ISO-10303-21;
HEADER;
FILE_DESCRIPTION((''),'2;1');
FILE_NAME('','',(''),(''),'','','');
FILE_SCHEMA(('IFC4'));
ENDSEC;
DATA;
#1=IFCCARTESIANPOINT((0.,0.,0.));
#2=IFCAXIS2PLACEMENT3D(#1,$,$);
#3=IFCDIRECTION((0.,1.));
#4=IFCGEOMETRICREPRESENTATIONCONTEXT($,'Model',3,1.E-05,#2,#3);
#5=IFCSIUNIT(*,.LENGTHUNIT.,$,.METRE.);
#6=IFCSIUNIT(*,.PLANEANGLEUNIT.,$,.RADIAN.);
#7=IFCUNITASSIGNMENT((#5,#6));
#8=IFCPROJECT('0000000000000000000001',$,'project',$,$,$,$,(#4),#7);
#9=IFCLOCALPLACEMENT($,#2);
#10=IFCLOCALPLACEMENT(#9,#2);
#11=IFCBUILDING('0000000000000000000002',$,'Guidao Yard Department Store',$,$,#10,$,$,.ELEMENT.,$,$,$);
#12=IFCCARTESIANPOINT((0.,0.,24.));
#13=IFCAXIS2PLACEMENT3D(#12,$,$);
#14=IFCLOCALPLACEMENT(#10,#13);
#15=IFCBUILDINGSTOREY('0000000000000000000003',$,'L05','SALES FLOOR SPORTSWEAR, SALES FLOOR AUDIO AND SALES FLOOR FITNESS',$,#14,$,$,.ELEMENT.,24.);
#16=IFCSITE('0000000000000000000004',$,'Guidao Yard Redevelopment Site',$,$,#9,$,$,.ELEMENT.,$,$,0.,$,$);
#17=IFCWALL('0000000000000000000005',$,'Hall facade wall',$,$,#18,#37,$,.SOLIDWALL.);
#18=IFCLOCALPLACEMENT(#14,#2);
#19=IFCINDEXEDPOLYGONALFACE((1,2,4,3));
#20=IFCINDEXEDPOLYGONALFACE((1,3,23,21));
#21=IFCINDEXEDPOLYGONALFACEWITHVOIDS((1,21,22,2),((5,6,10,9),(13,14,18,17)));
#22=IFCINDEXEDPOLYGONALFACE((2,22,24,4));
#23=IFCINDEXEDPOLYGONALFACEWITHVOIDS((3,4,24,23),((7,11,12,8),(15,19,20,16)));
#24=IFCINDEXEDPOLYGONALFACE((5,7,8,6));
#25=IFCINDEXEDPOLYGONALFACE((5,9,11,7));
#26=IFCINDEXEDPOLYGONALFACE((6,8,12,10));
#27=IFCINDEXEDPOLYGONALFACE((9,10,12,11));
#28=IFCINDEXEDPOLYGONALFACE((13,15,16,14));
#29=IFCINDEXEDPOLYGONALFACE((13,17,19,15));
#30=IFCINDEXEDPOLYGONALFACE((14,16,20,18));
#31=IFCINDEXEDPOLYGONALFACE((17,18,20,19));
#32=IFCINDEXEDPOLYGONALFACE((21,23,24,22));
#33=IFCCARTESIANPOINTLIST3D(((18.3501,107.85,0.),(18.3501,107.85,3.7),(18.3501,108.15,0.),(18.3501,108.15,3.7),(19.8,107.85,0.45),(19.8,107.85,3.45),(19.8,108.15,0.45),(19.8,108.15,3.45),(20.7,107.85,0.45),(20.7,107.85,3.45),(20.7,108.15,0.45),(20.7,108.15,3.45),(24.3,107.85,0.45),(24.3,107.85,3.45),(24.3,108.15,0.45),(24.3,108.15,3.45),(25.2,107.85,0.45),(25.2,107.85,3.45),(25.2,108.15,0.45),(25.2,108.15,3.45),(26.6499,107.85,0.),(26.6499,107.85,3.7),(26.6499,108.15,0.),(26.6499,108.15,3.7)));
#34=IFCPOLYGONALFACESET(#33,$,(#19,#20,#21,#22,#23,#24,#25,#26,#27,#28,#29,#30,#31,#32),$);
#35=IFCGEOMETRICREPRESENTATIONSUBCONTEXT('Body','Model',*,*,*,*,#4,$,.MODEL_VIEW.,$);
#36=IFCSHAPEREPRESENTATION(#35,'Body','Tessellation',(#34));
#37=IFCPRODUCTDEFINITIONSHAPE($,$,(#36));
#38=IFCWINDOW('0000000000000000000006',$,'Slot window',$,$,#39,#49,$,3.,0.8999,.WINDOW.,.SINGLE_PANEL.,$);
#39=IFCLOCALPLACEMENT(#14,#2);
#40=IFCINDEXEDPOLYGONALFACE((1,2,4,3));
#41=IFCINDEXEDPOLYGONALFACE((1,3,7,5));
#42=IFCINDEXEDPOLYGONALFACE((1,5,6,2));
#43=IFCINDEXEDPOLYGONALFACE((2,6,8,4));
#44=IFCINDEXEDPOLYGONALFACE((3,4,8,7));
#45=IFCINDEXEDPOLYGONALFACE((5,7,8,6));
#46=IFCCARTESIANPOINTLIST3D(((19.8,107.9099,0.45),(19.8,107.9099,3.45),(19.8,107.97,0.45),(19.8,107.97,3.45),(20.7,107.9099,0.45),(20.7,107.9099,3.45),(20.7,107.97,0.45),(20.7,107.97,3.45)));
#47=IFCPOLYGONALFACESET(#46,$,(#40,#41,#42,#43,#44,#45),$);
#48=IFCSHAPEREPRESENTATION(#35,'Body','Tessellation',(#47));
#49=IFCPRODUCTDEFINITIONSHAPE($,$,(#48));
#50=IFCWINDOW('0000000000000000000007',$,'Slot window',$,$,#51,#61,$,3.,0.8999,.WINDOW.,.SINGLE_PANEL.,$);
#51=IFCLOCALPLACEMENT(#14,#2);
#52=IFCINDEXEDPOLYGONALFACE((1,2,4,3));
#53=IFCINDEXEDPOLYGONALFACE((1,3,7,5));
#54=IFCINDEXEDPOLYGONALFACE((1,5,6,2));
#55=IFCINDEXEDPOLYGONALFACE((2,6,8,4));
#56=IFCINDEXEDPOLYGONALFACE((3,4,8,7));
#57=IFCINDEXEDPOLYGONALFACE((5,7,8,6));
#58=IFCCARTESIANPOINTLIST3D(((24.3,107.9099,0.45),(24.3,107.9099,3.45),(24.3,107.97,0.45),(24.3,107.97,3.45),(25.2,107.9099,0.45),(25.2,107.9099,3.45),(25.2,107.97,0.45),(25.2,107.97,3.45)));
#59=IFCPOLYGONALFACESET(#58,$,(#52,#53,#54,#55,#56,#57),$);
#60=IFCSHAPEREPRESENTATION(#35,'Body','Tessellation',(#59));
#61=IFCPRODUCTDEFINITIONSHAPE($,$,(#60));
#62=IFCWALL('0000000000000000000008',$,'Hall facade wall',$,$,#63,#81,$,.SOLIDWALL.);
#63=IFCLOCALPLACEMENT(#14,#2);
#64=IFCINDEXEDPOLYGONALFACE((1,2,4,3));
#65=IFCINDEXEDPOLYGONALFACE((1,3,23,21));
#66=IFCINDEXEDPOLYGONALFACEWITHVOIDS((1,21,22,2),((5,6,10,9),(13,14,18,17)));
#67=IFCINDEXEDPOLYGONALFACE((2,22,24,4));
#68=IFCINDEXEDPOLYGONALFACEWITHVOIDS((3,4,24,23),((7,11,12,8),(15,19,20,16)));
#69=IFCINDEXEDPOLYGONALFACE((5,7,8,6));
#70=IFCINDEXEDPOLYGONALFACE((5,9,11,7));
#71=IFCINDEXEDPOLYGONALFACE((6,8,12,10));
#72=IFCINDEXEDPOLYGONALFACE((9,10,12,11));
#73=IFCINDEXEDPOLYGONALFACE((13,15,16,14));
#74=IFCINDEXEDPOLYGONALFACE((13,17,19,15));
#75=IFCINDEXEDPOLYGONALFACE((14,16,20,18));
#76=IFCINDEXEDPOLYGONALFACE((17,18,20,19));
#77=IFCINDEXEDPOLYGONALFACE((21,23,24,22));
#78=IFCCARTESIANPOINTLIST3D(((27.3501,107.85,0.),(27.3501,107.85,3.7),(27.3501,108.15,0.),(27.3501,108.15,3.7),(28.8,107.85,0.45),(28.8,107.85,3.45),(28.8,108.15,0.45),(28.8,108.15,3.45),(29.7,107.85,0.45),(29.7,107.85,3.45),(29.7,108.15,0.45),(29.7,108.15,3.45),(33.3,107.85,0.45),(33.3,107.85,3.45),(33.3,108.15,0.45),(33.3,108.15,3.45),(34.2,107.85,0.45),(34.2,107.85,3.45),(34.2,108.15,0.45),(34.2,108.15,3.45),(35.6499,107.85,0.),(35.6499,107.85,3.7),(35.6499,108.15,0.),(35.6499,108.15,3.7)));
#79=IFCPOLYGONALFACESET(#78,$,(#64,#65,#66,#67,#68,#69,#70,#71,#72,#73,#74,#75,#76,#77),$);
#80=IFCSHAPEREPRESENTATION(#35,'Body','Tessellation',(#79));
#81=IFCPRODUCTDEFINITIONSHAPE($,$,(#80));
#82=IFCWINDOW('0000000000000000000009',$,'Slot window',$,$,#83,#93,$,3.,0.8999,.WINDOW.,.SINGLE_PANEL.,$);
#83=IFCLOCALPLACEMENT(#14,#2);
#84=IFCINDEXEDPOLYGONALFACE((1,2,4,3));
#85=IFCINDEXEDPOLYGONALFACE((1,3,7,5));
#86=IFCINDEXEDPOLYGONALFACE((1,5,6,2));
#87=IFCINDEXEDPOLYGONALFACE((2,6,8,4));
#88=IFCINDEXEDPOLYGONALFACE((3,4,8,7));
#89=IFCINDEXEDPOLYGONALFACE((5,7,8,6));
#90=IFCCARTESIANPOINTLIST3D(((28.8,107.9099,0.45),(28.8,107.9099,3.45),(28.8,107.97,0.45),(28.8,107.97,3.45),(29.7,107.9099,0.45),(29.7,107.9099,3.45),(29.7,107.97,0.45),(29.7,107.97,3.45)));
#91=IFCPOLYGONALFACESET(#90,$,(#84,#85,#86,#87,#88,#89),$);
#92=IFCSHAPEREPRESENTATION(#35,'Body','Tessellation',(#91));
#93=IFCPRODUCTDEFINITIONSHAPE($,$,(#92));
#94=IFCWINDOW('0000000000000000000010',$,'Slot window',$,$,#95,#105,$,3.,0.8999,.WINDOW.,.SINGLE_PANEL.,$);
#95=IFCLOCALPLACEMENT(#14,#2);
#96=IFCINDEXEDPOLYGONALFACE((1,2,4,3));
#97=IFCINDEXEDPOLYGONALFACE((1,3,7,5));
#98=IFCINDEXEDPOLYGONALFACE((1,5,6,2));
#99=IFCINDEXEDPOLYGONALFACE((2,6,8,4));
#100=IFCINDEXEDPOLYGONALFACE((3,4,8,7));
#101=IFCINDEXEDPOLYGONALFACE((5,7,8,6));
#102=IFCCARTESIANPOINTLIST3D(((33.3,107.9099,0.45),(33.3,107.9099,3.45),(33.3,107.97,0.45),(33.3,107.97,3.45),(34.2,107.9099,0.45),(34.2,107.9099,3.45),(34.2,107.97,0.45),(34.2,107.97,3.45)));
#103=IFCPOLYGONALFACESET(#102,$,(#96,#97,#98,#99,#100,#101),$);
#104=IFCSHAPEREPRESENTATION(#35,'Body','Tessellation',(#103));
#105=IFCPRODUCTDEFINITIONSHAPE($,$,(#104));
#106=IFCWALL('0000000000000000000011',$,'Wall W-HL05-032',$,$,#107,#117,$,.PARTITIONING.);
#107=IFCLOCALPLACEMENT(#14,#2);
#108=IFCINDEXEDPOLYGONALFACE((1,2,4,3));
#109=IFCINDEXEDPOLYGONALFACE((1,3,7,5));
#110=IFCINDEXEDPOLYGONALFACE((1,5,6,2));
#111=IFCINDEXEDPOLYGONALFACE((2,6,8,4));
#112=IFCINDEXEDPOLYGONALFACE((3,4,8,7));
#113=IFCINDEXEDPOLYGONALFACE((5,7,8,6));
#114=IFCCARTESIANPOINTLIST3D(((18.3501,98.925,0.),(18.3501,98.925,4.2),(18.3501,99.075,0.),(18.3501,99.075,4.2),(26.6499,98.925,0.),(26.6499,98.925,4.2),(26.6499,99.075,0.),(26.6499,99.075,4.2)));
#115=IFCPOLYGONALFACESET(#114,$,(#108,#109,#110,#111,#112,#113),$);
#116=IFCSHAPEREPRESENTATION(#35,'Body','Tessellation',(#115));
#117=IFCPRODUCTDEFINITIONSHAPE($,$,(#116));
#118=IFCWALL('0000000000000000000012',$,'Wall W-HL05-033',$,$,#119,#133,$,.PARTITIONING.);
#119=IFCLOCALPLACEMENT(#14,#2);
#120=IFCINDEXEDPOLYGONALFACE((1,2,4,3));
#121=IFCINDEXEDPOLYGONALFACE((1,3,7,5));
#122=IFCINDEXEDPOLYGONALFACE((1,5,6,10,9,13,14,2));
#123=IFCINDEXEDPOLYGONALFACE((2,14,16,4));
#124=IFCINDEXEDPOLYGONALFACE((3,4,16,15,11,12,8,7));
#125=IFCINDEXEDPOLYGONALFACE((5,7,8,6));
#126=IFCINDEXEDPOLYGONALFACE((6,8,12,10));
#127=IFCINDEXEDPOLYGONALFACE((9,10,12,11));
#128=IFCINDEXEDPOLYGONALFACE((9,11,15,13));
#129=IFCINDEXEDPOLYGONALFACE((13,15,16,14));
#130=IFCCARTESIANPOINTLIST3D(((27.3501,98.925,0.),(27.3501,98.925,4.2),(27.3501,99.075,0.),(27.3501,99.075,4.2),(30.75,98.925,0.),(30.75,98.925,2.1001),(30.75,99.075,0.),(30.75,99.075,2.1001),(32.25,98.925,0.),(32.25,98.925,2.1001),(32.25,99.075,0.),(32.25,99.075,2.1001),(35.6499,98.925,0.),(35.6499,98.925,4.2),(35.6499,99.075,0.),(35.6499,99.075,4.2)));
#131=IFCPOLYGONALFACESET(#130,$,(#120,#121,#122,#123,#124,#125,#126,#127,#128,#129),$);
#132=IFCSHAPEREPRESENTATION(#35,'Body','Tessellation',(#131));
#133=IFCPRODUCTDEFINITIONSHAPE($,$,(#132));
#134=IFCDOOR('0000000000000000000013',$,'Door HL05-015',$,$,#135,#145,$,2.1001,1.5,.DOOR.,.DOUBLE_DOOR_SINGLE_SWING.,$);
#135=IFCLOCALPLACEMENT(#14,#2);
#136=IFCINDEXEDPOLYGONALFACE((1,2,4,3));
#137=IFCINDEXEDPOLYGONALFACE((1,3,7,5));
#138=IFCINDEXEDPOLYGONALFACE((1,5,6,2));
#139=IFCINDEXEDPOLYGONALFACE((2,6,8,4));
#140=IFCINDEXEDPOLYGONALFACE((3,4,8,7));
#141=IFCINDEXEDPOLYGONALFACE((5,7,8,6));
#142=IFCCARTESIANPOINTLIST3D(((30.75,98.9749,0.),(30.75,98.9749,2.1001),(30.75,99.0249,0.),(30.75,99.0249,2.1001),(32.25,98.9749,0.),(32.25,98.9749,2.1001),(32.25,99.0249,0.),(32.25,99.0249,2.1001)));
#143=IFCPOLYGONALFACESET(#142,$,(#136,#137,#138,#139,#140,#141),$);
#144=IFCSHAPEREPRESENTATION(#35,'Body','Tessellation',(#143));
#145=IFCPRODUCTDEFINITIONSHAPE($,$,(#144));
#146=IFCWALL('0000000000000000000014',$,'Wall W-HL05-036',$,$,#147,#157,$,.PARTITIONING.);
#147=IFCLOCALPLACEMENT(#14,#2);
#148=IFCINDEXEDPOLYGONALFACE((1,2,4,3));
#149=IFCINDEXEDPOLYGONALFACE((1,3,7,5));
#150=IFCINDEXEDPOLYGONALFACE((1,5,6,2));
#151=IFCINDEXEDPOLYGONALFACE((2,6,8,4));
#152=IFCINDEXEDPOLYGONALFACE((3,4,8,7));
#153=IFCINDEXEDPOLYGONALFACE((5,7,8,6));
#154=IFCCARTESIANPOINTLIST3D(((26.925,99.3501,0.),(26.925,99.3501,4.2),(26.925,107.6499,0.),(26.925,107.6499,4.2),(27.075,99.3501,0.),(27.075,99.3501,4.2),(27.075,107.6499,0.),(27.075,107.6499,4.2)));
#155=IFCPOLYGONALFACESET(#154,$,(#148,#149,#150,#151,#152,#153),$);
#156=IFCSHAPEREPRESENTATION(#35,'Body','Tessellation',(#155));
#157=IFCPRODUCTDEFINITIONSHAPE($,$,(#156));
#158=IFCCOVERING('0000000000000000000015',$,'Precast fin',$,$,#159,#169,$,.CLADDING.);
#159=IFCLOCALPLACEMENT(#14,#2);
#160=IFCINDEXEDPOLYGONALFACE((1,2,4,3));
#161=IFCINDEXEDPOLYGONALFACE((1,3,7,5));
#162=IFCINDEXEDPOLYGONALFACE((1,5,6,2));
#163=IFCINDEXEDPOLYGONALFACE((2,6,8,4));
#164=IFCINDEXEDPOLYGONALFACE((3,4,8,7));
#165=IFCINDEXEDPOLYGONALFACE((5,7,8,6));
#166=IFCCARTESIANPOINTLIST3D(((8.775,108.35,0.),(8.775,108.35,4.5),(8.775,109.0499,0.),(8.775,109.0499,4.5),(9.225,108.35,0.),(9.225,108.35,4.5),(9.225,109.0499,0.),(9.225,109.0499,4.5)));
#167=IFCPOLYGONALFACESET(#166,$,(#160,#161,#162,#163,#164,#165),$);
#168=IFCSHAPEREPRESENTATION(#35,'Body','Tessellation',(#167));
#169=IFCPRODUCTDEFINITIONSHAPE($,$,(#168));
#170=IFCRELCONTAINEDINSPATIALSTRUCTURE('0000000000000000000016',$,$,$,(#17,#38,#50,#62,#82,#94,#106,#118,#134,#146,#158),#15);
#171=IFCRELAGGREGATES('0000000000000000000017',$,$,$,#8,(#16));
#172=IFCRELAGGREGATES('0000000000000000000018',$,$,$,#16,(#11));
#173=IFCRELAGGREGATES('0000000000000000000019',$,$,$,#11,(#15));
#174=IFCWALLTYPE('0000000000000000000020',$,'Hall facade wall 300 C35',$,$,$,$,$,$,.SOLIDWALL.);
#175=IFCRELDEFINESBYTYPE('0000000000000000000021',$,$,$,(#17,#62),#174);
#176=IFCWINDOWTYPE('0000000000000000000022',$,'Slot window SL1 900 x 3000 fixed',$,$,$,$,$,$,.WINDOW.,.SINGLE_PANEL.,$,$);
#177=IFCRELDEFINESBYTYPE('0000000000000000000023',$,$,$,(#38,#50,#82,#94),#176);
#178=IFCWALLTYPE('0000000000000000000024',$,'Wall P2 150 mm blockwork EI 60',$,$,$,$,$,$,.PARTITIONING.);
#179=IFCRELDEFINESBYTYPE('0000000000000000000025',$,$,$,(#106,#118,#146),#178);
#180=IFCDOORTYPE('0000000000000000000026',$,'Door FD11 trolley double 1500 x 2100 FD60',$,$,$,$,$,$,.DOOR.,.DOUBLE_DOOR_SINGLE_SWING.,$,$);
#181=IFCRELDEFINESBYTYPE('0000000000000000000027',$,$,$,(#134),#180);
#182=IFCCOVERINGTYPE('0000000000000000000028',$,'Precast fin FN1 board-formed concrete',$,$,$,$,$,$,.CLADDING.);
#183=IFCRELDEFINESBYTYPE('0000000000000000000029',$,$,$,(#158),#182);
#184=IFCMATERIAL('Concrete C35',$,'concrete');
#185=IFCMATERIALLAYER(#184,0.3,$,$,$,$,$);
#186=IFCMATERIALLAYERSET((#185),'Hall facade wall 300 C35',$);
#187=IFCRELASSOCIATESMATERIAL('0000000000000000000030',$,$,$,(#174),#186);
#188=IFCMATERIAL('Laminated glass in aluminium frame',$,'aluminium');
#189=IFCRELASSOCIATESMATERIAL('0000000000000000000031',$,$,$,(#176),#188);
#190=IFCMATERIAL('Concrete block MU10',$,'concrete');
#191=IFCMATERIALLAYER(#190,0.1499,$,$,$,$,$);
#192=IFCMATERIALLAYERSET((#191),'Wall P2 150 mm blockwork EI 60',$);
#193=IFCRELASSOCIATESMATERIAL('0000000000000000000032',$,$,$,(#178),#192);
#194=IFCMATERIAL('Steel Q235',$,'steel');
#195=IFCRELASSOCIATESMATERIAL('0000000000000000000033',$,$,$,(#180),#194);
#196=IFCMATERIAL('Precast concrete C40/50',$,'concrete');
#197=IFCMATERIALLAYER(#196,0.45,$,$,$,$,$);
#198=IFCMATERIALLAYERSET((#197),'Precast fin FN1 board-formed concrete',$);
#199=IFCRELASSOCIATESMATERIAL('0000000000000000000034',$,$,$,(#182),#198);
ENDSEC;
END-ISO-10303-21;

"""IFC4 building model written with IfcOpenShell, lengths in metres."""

from ifc_helpers import new_model, si_unit, direction, frame, frame_2d, origin, origin_2d, place, context, subcontext, project, spatial, rectangle, extrude, material, layer, layer_set, type_object, element, fill, save


model = new_model("IFC4")

# Units and contexts
model_context = context("Model", 3, precision=1e-05, world=origin(), true_north=direction((0.0, 1.0)))
body_context = subcontext(model_context, "Body", "Model", "MODEL_VIEW")
ifc_project = project(units=[si_unit("LENGTHUNIT", "METRE"), si_unit("PLANEANGLEUNIT", "RADIAN")], contexts=[model_context])

# Site, building, storey
site_placement = place(None, origin())
site = spatial("IfcSite", under=ifc_project, at=site_placement, Name="Guidao Yard Redevelopment Site", CompositionType="ELEMENT", RefElevation=0.0)
building_placement = place(site_placement, origin())
building = spatial("IfcBuilding", under=site, at=building_placement, Name="Guidao Yard Department Store", CompositionType="ELEMENT")
storey_placement = place(building_placement, frame((0.0, 0.0, 24.0)))
storey = spatial("IfcBuildingStorey", under=building, at=storey_placement, Name="L05", Description="SALES FLOOR SPORTSWEAR, SALES FLOOR AUDIO AND SALES FLOOR FITNESS", CompositionType="ELEMENT", Elevation=24.0)

# Walls, openings, windows
ifc_material_1 = material(Name="Concrete C35", Category="concrete")
ifc_layer_1 = layer(ifc_material_1, 0.3)
ifc_layer_set_1 = layer_set([ifc_layer_1], Name="Hall facade wall 300 C35")
wall_type_1 = type_object("IfcWallType", Name="Hall facade wall 300 C35", PredefinedType="SOLIDWALL", material=ifc_layer_set_1)
ifc_material_2 = material(Name="Laminated glass in aluminium frame", Category="aluminium")
window_type = type_object("IfcWindowType", Name="Slot window SL1 900 x 3000 fixed", PartitioningType="SINGLE_PANEL", PredefinedType="WINDOW", material=ifc_material_2)
wall_1_placement = place(storey_placement, frame((18.3501, 108.0, 0.0), z_axis=(0.0, 0.0, 1.0), x_axis=(1.0, 0.0, 0.0)))
wall_1 = element("IfcWall", 1, at=wall_1_placement, inside=storey, type_object=wall_type_1, Name="Hall facade wall", PredefinedType="SOLIDWALL", context=body_context, shape_type="SweptSolid", body=[
    extrude(rectangle(XDim=8.2998, YDim=0.3, at=frame_2d((4.1499, 0.0))), origin(), (0.0, 0.0, 1.0), 3.7),
])
opening_1_placement = place(wall_1_placement, frame((1.45, 0.0, 0.45)))
opening_1 = element("IfcOpeningElement", 2, at=opening_1_placement, cuts=wall_1, PredefinedType="OPENING", context=body_context, shape_type="SweptSolid", body=[
    extrude(rectangle(XDim=0.8999, YDim=3.0, at=frame_2d((0.45, 1.5))), frame((0.0, 0.1599, 0.0), z_axis=(0.0, -1.0, 0.0), x_axis=(1.0, 0.0, 0.0)), (0.0, 0.0, 1.0), 0.3201),
])
opening_2_placement = place(wall_1_placement, frame((5.95, 0.0, 0.45)))
opening_2 = element("IfcOpeningElement", 3, at=opening_2_placement, cuts=wall_1, PredefinedType="OPENING", context=body_context, shape_type="SweptSolid", body=[
    extrude(rectangle(XDim=0.8999, YDim=3.0, at=frame_2d((0.45, 1.5))), frame((0.0, 0.1599, 0.0), z_axis=(0.0, -1.0, 0.0), x_axis=(1.0, 0.0, 0.0)), (0.0, 0.0, 1.0), 0.3201),
])
window_1_placement = place(opening_1_placement, origin())
window_1 = element("IfcWindow", 4, at=window_1_placement, inside=storey, type_object=window_type, Name="Slot window", OverallHeight=3.0, OverallWidth=0.8999, PartitioningType="SINGLE_PANEL", PredefinedType="WINDOW", context=body_context, shape_type="SweptSolid", body=[
    extrude(rectangle(XDim=0.8999, YDim=3.0, at=frame_2d((0.45, 1.5))), frame((0.0, -0.03, 0.0), z_axis=(0.0, -1.0, 0.0), x_axis=(1.0, 0.0, 0.0)), (0.0, 0.0, 1.0), 0.0601),
])
fill(opening_1, window_1)
window_2_placement = place(opening_2_placement, origin())
window_2 = element("IfcWindow", 5, at=window_2_placement, inside=storey, type_object=window_type, Name="Slot window", OverallHeight=3.0, OverallWidth=0.8999, PartitioningType="SINGLE_PANEL", PredefinedType="WINDOW", context=body_context, shape_type="SweptSolid", body=[
    extrude(rectangle(XDim=0.8999, YDim=3.0, at=frame_2d((0.45, 1.5))), frame((0.0, -0.03, 0.0), z_axis=(0.0, -1.0, 0.0), x_axis=(1.0, 0.0, 0.0)), (0.0, 0.0, 1.0), 0.0601),
])
fill(opening_2, window_2)
wall_2_placement = place(storey_placement, frame((27.3501, 108.0, 0.0), z_axis=(0.0, 0.0, 1.0), x_axis=(1.0, 0.0, 0.0)))
wall_2 = element("IfcWall", 6, at=wall_2_placement, inside=storey, type_object=wall_type_1, Name="Hall facade wall", PredefinedType="SOLIDWALL", context=body_context, shape_type="SweptSolid", body=[
    extrude(rectangle(XDim=8.2998, YDim=0.3, at=frame_2d((4.1499, 0.0))), origin(), (0.0, 0.0, 1.0), 3.7),
])
opening_3_placement = place(wall_2_placement, frame((1.45, 0.0, 0.45)))
opening_3 = element("IfcOpeningElement", 7, at=opening_3_placement, cuts=wall_2, PredefinedType="OPENING", context=body_context, shape_type="SweptSolid", body=[
    extrude(rectangle(XDim=0.8999, YDim=3.0, at=frame_2d((0.45, 1.5))), frame((0.0, 0.1599, 0.0), z_axis=(0.0, -1.0, 0.0), x_axis=(1.0, 0.0, 0.0)), (0.0, 0.0, 1.0), 0.3201),
])
opening_4_placement = place(wall_2_placement, frame((5.95, 0.0, 0.45)))
opening_4 = element("IfcOpeningElement", 8, at=opening_4_placement, cuts=wall_2, PredefinedType="OPENING", context=body_context, shape_type="SweptSolid", body=[
    extrude(rectangle(XDim=0.8999, YDim=3.0, at=frame_2d((0.45, 1.5))), frame((0.0, 0.1599, 0.0), z_axis=(0.0, -1.0, 0.0), x_axis=(1.0, 0.0, 0.0)), (0.0, 0.0, 1.0), 0.3201),
])
window_3_placement = place(opening_3_placement, origin())
window_3 = element("IfcWindow", 9, at=window_3_placement, inside=storey, type_object=window_type, Name="Slot window", OverallHeight=3.0, OverallWidth=0.8999, PartitioningType="SINGLE_PANEL", PredefinedType="WINDOW", context=body_context, shape_type="SweptSolid", body=[
    extrude(rectangle(XDim=0.8999, YDim=3.0, at=frame_2d((0.45, 1.5))), frame((0.0, -0.03, 0.0), z_axis=(0.0, -1.0, 0.0), x_axis=(1.0, 0.0, 0.0)), (0.0, 0.0, 1.0), 0.0601),
])
fill(opening_3, window_3)
window_4_placement = place(opening_4_placement, origin())
window_4 = element("IfcWindow", 10, at=window_4_placement, inside=storey, type_object=window_type, Name="Slot window", OverallHeight=3.0, OverallWidth=0.8999, PartitioningType="SINGLE_PANEL", PredefinedType="WINDOW", context=body_context, shape_type="SweptSolid", body=[
    extrude(rectangle(XDim=0.8999, YDim=3.0, at=frame_2d((0.45, 1.5))), frame((0.0, -0.03, 0.0), z_axis=(0.0, -1.0, 0.0), x_axis=(1.0, 0.0, 0.0)), (0.0, 0.0, 1.0), 0.0601),
])
fill(opening_4, window_4)

# Wall
ifc_material_3 = material(Name="Concrete block MU10", Category="concrete")
ifc_layer_2 = layer(ifc_material_3, 0.1499)
ifc_layer_set_2 = layer_set([ifc_layer_2], Name="Wall P2 150 mm blockwork EI 60")
wall_type_2 = type_object("IfcWallType", Name="Wall P2 150 mm blockwork EI 60", PredefinedType="PARTITIONING", material=ifc_layer_set_2)
wall_3_placement = place(storey_placement, frame((18.3501, 99.0, 0.0), z_axis=(0.0, 0.0, 1.0), x_axis=(1.0, 0.0, 0.0)))
element("IfcWall", 11, at=wall_3_placement, inside=storey, type_object=wall_type_2, Name="Wall W-HL05-032", PredefinedType="PARTITIONING", context=body_context, shape_type="SweptSolid", body=[
    extrude(rectangle(XDim=8.2998, YDim=0.1499, at=frame_2d((4.1499, 0.0))), origin(), (0.0, 0.0, 1.0), 4.2),
])

# Wall, opening, door
wall_4_placement = place(storey_placement, frame((27.3501, 99.0, 0.0), z_axis=(0.0, 0.0, 1.0), x_axis=(1.0, 0.0, 0.0)))
wall_4 = element("IfcWall", 12, at=wall_4_placement, inside=storey, type_object=wall_type_2, Name="Wall W-HL05-033", PredefinedType="PARTITIONING", context=body_context, shape_type="SweptSolid", body=[
    extrude(rectangle(XDim=8.2998, YDim=0.1499, at=frame_2d((4.1499, 0.0))), origin(), (0.0, 0.0, 1.0), 4.2),
])
opening_5_placement = place(wall_4_placement, frame((3.3999, 0.0, 0.0)))
opening_5 = element("IfcOpeningElement", 13, at=opening_5_placement, cuts=wall_4, PredefinedType="OPENING", context=body_context, shape_type="SweptSolid", body=[
    extrude(rectangle(XDim=1.5, YDim=2.1001, at=frame_2d((0.75, 1.05))), frame((0.0, 0.085, 0.0), z_axis=(0.0, -1.0, 0.0), x_axis=(1.0, 0.0, 0.0)), (0.0, 0.0, 1.0), 0.1699),
])
ifc_material_4 = material(Name="Steel Q235", Category="steel")
door_type = type_object("IfcDoorType", Name="Door FD11 trolley double 1500 x 2100 FD60", OperationType="DOUBLE_DOOR_SINGLE_SWING", PredefinedType="DOOR", material=ifc_material_4)
door_placement = place(opening_5_placement, origin())
door = element("IfcDoor", 14, at=door_placement, inside=storey, type_object=door_type, Name="Door HL05-015", OperationType="DOUBLE_DOOR_SINGLE_SWING", OverallHeight=2.1001, OverallWidth=1.5, PredefinedType="DOOR", context=body_context, shape_type="SweptSolid", body=[
    extrude(rectangle(XDim=1.5, YDim=2.1001, at=frame_2d((0.75, 1.05))), frame((0.0, 0.0249, 0.0), z_axis=(0.0, -1.0, 0.0), x_axis=(1.0, 0.0, 0.0)), (0.0, 0.0, 1.0), 0.05),
])
fill(opening_5, door)

# Wall
wall_5_placement = place(storey_placement, frame((27.0, 99.3501, 0.0), z_axis=(0.0, 0.0, 1.0), x_axis=(0.0, 1.0, 0.0)))
element("IfcWall", 15, at=wall_5_placement, inside=storey, type_object=wall_type_2, Name="Wall W-HL05-036", PredefinedType="PARTITIONING", context=body_context, shape_type="SweptSolid", body=[
    extrude(rectangle(XDim=8.2998, YDim=0.1499, at=frame_2d((4.1499, 0.0))), origin(), (0.0, 0.0, 1.0), 4.2),
])

# Covering
ifc_material_5 = material(Name="Precast concrete C40/50", Category="concrete")
ifc_layer_3 = layer(ifc_material_5, 0.45)
ifc_layer_set_3 = layer_set([ifc_layer_3], Name="Precast fin FN1 board-formed concrete")
covering_type = type_object("IfcCoveringType", Name="Precast fin FN1 board-formed concrete", PredefinedType="CLADDING", material=ifc_layer_set_3)
covering_1_placement = place(storey_placement, frame((9.0, 108.7, 0.0), z_axis=(0.0, 0.0, 1.0), x_axis=(1.0, 0.0, 0.0)))
element("IfcCovering", 16, at=covering_1_placement, inside=storey, type_object=covering_type, Name="Precast fin", PredefinedType="CLADDING", context=body_context, shape_type="SweptSolid", body=[
    extrude(rectangle(XDim=0.45, YDim=0.7, at=origin_2d()), origin(), (0.0, 0.0, 1.0), 4.5),
])

save(model, "model.ifc")
